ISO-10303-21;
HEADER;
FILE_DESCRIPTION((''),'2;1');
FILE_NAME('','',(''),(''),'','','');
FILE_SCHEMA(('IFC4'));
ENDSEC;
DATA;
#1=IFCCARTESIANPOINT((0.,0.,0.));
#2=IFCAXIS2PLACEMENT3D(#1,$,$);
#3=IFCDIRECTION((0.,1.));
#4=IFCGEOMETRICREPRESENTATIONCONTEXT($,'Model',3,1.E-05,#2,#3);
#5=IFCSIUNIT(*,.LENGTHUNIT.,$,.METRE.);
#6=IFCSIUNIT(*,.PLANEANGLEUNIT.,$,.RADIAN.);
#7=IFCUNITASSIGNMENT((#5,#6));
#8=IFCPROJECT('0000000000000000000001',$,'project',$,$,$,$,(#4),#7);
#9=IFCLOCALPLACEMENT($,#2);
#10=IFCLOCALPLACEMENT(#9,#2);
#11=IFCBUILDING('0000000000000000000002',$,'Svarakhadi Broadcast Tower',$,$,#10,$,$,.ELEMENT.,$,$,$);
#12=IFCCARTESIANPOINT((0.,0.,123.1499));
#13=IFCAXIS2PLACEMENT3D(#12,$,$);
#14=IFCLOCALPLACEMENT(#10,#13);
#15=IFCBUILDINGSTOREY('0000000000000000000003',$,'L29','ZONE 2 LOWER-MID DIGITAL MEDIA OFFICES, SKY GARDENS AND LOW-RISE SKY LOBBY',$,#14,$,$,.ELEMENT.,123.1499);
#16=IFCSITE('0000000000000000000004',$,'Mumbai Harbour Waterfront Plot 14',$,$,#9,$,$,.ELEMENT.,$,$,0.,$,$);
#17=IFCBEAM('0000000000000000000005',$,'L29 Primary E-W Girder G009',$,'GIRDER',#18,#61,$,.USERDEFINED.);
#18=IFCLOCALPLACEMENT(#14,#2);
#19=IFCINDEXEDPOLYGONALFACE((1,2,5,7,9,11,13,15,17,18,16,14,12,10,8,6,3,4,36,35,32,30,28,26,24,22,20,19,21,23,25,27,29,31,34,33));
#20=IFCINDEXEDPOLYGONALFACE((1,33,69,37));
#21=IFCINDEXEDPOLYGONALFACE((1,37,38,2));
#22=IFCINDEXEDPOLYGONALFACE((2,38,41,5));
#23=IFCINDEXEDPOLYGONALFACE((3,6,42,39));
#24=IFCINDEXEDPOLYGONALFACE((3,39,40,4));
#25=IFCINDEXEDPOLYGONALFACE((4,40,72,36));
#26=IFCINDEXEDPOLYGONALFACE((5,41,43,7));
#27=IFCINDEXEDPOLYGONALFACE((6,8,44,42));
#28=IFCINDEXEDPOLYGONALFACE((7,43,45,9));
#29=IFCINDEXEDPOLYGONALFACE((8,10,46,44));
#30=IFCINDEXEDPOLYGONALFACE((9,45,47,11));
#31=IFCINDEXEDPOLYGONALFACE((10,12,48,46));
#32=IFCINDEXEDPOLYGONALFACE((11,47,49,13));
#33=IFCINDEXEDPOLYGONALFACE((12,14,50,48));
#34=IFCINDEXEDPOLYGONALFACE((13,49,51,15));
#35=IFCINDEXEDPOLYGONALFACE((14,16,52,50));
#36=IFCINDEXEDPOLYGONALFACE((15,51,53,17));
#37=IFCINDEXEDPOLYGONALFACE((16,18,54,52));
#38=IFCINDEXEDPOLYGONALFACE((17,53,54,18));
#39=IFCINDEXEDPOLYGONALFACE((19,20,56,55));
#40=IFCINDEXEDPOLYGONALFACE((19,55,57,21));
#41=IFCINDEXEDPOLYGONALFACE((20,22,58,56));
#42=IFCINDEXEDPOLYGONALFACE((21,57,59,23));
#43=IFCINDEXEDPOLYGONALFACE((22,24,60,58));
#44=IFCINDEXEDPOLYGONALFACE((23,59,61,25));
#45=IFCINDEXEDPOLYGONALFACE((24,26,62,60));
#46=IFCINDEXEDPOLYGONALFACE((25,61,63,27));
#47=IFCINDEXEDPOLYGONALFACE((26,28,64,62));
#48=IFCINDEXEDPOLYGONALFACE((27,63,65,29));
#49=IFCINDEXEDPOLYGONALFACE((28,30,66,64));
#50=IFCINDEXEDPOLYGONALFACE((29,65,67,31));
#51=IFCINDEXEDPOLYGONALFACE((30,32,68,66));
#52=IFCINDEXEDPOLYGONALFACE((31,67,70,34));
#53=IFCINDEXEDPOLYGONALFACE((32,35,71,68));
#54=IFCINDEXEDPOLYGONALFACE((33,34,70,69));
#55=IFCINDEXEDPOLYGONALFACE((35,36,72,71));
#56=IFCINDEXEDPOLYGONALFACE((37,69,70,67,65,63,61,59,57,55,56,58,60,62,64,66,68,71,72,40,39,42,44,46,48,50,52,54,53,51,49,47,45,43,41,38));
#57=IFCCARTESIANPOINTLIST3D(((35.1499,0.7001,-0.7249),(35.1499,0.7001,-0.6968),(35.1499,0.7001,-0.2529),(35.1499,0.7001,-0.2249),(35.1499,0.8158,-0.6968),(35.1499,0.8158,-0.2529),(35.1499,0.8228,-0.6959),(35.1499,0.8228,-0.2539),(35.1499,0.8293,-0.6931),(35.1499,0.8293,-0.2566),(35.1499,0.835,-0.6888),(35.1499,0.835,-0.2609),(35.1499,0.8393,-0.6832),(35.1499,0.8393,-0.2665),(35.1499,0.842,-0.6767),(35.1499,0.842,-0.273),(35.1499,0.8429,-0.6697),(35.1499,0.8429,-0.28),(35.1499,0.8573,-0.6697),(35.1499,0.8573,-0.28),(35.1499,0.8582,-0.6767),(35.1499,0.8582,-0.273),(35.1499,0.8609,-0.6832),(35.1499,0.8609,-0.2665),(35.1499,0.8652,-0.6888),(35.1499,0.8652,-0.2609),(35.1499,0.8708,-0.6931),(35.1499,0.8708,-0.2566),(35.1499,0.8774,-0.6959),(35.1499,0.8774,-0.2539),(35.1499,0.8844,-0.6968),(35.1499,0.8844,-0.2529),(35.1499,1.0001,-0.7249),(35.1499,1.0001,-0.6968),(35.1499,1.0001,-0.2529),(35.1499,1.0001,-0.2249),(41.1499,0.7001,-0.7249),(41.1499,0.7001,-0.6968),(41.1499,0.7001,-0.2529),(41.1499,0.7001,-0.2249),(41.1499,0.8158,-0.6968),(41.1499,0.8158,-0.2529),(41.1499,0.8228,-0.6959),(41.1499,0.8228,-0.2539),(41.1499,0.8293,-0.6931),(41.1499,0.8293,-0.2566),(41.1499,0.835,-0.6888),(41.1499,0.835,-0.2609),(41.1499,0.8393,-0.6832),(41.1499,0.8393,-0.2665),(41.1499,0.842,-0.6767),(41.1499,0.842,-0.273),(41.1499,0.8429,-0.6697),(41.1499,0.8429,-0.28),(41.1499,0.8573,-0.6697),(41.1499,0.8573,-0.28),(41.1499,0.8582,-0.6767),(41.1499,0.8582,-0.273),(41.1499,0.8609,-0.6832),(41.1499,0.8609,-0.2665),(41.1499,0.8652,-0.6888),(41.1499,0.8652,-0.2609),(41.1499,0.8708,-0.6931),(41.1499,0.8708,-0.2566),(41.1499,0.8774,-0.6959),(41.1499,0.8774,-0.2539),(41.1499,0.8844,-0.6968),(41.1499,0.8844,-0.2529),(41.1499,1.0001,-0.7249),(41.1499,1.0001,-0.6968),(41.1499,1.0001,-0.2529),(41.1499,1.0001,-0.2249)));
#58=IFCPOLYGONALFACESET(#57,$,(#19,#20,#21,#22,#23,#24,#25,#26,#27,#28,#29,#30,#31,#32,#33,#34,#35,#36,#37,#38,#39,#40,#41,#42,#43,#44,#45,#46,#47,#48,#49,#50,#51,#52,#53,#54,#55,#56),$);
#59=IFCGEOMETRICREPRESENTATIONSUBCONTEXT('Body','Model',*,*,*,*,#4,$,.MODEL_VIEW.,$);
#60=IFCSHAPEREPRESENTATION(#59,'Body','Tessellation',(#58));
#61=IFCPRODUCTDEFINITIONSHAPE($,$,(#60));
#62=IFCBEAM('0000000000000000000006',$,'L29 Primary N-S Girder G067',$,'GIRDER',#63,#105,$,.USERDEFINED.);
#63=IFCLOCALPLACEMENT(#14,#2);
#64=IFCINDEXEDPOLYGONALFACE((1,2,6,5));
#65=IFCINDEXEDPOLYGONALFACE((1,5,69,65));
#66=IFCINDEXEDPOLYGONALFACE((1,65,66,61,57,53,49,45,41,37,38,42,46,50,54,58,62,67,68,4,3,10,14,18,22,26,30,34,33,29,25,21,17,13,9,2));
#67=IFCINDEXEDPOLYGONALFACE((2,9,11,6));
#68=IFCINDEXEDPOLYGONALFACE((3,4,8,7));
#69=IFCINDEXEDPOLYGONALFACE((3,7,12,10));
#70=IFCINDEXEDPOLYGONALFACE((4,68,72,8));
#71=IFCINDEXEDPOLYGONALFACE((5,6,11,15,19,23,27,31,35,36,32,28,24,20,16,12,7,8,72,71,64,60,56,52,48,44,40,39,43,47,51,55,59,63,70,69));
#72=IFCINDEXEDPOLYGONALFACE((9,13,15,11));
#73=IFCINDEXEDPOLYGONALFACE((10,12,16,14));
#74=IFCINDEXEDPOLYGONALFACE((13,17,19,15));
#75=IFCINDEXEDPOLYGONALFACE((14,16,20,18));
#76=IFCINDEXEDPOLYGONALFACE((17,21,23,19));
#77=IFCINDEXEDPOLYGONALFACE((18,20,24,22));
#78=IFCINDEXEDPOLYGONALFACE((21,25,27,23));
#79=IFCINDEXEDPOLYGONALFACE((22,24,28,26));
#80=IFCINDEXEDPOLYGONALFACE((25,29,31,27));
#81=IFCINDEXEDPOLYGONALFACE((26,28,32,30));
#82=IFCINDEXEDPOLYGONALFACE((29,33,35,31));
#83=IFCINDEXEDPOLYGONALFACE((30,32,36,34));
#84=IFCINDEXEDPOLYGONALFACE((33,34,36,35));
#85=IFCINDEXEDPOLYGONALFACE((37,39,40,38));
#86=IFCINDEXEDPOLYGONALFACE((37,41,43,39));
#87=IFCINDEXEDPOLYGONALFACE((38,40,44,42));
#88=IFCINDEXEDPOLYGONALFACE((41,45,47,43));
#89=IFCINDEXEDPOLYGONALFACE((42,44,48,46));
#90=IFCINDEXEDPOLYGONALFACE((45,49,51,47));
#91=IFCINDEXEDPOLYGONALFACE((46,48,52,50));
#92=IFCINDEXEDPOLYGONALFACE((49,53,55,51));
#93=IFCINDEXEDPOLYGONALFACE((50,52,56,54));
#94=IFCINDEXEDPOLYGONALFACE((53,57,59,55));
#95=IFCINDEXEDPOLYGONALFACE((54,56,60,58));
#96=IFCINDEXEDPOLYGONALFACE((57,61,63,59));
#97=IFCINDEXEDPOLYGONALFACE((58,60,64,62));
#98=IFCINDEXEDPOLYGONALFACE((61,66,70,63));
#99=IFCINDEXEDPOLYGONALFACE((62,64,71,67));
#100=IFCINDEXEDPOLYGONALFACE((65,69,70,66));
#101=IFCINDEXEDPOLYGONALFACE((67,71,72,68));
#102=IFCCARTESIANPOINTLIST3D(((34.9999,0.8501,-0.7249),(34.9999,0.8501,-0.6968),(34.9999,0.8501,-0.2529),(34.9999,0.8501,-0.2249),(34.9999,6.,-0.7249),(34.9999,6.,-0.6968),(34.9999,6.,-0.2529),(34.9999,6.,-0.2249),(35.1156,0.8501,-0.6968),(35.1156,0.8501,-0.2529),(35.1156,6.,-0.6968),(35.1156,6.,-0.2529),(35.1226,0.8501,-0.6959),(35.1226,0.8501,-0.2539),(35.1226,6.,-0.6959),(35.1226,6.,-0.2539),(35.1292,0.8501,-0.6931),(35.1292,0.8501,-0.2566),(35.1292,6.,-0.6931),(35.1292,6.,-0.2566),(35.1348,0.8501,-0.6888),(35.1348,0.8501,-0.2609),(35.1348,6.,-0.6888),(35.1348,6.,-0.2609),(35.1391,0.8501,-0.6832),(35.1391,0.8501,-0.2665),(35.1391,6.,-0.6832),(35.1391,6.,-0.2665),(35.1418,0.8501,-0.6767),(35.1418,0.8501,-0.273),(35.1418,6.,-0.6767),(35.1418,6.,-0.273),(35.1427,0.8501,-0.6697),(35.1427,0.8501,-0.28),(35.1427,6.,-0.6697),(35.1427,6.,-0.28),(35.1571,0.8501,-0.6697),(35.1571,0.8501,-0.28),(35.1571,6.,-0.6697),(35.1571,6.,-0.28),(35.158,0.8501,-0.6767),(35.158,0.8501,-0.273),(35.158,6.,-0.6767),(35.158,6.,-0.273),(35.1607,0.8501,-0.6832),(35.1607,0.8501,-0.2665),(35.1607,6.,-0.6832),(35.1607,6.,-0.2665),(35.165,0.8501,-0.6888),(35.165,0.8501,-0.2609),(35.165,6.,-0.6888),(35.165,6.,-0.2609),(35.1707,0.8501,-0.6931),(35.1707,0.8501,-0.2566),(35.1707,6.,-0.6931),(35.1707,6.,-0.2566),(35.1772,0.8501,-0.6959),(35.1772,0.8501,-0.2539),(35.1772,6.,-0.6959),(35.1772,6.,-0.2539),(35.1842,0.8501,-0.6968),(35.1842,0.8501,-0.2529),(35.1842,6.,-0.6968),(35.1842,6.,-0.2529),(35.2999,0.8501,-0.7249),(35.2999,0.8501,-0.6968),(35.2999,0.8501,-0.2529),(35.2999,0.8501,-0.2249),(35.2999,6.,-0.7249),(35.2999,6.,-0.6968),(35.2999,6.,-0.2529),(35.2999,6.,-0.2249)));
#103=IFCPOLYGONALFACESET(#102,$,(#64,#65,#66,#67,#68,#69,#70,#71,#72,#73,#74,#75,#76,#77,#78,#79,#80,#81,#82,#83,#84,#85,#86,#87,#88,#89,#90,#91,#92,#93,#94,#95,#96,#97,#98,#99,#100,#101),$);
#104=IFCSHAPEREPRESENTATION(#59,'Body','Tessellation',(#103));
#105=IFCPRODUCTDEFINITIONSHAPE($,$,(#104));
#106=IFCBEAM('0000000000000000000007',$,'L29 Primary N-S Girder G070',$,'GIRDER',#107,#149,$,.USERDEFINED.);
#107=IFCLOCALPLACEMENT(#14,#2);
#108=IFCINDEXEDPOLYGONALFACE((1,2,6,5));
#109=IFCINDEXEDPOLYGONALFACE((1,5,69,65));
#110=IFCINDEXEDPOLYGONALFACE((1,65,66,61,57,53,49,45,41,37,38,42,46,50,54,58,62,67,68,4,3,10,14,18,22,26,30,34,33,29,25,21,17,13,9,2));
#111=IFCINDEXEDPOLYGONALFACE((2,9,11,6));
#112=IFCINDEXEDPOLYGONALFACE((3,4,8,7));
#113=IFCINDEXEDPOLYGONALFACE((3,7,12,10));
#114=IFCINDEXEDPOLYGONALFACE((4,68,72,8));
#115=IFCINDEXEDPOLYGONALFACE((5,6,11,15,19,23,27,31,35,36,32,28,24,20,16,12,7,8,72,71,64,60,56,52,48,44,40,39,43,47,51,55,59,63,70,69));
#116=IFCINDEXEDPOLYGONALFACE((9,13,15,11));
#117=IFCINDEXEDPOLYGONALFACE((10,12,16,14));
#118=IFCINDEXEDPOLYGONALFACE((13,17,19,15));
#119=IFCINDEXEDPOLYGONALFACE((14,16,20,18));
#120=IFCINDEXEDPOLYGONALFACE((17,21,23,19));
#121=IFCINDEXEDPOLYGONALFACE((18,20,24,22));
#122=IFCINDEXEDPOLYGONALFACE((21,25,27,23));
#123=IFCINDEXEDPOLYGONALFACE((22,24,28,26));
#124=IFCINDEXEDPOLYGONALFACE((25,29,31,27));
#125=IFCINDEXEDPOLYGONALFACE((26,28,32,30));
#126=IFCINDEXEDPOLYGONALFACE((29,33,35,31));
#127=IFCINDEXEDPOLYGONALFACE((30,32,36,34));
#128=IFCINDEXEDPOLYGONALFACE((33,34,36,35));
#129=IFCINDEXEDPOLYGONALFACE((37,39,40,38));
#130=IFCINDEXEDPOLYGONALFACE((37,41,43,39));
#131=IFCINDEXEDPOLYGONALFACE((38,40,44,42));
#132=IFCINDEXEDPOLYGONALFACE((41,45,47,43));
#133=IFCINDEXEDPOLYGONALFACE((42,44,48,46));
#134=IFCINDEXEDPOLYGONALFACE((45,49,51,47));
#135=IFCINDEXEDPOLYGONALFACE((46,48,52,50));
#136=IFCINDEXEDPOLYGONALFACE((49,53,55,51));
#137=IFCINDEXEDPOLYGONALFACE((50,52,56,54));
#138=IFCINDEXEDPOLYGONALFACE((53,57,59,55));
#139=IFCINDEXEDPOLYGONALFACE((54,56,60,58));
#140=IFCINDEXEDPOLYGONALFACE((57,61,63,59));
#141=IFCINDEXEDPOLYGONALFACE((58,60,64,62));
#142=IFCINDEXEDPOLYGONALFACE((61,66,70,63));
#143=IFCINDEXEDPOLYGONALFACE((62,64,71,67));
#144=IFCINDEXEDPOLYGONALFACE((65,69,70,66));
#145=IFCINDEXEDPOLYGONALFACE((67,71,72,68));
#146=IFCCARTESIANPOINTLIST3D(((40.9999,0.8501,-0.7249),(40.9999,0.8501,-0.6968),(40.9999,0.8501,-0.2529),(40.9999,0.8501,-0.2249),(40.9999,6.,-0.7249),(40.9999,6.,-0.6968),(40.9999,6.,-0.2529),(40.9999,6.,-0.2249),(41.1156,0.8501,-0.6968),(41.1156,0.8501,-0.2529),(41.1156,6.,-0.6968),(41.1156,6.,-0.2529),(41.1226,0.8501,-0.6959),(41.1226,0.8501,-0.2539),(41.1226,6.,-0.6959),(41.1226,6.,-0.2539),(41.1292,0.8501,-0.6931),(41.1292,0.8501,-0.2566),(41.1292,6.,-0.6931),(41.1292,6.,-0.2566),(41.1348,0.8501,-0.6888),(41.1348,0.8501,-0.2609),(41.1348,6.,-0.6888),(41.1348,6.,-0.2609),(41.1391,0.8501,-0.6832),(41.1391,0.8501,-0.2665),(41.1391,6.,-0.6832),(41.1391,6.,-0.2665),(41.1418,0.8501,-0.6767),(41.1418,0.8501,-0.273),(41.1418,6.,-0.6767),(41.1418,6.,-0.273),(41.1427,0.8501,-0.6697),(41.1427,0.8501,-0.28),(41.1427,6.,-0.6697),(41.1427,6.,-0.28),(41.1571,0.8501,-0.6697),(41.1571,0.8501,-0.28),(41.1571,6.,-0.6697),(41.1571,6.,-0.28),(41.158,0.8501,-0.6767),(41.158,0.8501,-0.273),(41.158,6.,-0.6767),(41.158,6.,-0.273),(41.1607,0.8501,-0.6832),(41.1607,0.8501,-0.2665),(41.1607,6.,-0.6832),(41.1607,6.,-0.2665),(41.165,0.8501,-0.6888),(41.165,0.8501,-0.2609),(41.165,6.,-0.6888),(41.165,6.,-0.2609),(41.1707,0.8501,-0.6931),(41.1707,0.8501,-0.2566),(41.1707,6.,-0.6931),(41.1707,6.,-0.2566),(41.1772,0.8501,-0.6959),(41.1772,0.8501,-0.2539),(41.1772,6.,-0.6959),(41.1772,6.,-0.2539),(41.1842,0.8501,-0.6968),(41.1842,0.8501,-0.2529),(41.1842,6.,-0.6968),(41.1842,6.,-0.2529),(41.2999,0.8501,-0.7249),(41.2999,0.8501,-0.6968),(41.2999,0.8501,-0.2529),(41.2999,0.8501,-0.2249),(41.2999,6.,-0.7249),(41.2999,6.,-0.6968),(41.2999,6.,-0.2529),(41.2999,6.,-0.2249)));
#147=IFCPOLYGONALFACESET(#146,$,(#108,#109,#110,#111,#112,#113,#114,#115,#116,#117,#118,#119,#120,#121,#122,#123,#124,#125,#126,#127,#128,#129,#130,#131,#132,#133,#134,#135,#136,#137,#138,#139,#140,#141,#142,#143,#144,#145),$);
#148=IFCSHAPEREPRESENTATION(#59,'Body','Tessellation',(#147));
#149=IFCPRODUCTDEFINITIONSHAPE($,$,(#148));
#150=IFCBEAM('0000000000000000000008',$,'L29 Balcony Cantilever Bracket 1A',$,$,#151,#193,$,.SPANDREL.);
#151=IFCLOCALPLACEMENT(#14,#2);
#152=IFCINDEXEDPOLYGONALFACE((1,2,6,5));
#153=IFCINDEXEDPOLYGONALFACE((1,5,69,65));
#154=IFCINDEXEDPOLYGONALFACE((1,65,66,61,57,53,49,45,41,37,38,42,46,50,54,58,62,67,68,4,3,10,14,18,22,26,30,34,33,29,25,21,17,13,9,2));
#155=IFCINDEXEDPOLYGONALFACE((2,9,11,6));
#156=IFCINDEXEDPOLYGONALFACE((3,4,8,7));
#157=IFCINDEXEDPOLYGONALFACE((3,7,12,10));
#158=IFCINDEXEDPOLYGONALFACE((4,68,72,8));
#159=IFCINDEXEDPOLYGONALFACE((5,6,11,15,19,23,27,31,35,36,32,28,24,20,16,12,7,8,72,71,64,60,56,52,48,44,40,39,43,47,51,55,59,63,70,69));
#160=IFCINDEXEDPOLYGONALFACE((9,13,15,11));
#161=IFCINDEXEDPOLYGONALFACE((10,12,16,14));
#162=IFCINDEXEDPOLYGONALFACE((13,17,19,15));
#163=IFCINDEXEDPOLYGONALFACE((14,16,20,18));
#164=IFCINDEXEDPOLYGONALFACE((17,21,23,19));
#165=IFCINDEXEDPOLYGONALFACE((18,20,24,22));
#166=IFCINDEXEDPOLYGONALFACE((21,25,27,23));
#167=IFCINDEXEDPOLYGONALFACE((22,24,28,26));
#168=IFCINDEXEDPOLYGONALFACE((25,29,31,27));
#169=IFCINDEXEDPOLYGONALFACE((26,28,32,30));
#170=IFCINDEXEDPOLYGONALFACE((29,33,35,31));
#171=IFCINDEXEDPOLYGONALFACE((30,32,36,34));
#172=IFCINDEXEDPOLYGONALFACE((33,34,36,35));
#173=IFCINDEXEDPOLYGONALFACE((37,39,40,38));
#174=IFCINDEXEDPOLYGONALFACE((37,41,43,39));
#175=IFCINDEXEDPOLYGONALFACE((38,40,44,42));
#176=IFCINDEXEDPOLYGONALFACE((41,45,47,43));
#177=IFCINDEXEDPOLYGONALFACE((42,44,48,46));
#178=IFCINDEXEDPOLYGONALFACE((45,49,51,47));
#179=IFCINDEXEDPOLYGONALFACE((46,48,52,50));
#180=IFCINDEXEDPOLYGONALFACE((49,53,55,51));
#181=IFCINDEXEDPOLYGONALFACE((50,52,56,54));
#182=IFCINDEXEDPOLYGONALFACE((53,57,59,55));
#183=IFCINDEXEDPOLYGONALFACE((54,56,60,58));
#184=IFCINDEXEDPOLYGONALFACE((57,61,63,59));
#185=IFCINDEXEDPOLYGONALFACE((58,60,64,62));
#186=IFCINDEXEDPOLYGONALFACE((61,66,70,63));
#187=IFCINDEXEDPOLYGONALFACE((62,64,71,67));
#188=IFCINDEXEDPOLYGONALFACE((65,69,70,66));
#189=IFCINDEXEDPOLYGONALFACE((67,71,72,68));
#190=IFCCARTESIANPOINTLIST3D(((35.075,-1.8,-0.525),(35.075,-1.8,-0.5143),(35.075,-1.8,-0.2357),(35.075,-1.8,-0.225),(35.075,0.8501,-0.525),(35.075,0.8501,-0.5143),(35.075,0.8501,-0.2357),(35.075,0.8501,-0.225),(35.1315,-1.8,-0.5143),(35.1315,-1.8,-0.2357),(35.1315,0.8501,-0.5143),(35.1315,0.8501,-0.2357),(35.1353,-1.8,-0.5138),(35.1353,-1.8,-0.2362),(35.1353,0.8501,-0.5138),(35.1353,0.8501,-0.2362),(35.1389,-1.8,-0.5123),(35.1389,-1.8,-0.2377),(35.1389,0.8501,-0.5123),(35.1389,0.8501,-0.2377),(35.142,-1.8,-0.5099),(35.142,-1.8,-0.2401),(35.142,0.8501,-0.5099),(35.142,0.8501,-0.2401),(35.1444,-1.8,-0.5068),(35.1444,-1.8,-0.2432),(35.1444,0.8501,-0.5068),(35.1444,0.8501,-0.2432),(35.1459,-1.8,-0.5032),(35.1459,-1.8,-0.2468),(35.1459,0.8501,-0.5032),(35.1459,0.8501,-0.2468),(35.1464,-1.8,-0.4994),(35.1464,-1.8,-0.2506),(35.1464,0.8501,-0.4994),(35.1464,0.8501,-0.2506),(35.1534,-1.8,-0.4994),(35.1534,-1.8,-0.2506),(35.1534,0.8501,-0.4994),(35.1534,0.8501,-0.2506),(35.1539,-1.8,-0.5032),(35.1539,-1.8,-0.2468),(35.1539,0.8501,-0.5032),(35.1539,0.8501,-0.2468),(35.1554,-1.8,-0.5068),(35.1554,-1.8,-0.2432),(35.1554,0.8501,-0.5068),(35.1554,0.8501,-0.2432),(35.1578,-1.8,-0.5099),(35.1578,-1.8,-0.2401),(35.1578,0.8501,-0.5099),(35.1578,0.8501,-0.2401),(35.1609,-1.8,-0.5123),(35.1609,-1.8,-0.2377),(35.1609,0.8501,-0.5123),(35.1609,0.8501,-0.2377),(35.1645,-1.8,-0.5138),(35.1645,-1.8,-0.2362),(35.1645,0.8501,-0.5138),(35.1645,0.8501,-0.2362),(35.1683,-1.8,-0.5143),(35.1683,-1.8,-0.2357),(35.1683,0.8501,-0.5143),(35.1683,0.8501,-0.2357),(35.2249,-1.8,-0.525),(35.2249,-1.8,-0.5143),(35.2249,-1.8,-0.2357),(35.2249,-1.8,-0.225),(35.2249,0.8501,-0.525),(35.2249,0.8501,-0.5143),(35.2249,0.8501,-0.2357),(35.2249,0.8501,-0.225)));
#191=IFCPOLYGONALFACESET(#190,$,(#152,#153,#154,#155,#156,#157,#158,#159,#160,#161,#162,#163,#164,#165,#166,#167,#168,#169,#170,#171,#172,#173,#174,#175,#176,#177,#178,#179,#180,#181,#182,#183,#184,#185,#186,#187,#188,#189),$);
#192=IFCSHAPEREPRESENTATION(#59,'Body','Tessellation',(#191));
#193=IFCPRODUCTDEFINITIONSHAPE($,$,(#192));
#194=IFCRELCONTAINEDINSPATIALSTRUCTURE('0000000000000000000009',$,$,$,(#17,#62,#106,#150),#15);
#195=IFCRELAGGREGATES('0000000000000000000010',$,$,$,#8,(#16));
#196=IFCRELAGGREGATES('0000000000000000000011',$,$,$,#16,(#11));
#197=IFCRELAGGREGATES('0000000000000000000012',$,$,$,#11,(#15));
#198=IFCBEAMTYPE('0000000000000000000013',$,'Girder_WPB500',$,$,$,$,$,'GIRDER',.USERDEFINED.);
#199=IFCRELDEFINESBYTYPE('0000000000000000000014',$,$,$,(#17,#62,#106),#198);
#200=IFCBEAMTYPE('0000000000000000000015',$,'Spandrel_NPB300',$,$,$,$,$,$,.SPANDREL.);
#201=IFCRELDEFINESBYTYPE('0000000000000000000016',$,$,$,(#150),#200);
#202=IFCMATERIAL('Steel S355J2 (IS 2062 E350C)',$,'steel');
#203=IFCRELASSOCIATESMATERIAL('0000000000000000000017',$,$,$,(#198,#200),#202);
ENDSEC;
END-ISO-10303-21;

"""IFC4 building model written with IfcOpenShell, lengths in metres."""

from ifc_helpers import new_model, si_unit, direction, frame, origin, origin_2d, place, context, subcontext, project, spatial, i_section, extrude, material, material_profile, profile_set, type_object, element, save


model = new_model("IFC4")

# Units and contexts
model_context = context("Model", 3, precision=1e-05, world=origin(), true_north=direction((0.0, 1.0)))
body_context = subcontext(model_context, "Body", "Model", "MODEL_VIEW")
ifc_project = project(units=[si_unit("LENGTHUNIT", "METRE"), si_unit("PLANEANGLEUNIT", "RADIAN")], contexts=[model_context])

# Site, building, storey
site_placement = place(None, origin())
site = spatial("IfcSite", under=ifc_project, at=site_placement, Name="Mumbai Harbour Waterfront Plot 14", CompositionType="ELEMENT", RefElevation=0.0)
building_placement = place(site_placement, origin())
building = spatial("IfcBuilding", under=site, at=building_placement, Name="Svarakhadi Broadcast Tower", CompositionType="ELEMENT")
storey_placement = place(building_placement, frame((0.0, 0.0, 123.1499)))
storey = spatial("IfcBuildingStorey", under=building, at=storey_placement, Name="L29", Description="ZONE 2 LOWER-MID DIGITAL MEDIA OFFICES, SKY GARDENS AND LOW-RISE SKY LOBBY", CompositionType="ELEMENT", Elevation=123.1499)

# Shared definitions
ifc_material_1 = material(Name="Steel S355J2 (IS 2062 E350C)", Category="steel")

# Beams
ifc_material_profile_1 = material_profile(ifc_material_1, i_section(OverallWidth=0.3, OverallDepth=0.5, WebThickness=0.0144, FlangeThickness=0.0281, FilletRadius=0.0271, at=origin_2d()), Name="WPB 500x300x187")
ifc_profile_set_1 = profile_set([ifc_material_profile_1], Name="Steel S355J2 (IS 2062 E350C)")
beam_type_1 = type_object("IfcBeamType", Name="Girder_WPB500", ElementType="GIRDER", PredefinedType="USERDEFINED", material=ifc_profile_set_1)
beam_1_placement = place(storey_placement, frame((35.1499, 0.8501, -0.4749), z_axis=(1.0, 0.0, 0.0), x_axis=(0.0, 1.0, 0.0)))
element("IfcBeam", 1, at=beam_1_placement, inside=storey, type_object=beam_type_1, Name="L29 Primary E-W Girder G009", ObjectType="GIRDER", PredefinedType="USERDEFINED", context=body_context, shape_type="SweptSolid", body=[
    extrude(i_section(OverallWidth=0.3, OverallDepth=0.5, WebThickness=0.0144, FlangeThickness=0.0281, FilletRadius=0.0271, at=origin_2d()), origin(), (0.0, 0.0, 1.0), 6.0),
])
for number, where, z_axis, x_axis, name in (
    (2, (35.1499, 0.8501, -0.4749), (0.0, 1.0, 0.0), (-1.0, 0.0, 0.0), "L29 Primary N-S Girder G067"),
    (3, (41.1499, 0.8501, -0.4749), (0.0, 1.0, 0.0), (-1.0, 0.0, 0.0), "L29 Primary N-S Girder G070"),
):
    element("IfcBeam", number, at=place(storey_placement, frame(where, z_axis=z_axis, x_axis=x_axis)), inside=storey, type_object=beam_type_1, Name=name, ObjectType="GIRDER", PredefinedType="USERDEFINED", context=body_context, shape_type="SweptSolid", body=[
        extrude(i_section(OverallWidth=0.3, OverallDepth=0.5, WebThickness=0.0144, FlangeThickness=0.0281, FilletRadius=0.0271, at=origin_2d()), origin(), (0.0, 0.0, 1.0), 5.1499),
    ])
ifc_material_profile_2 = material_profile(ifc_material_1, i_section(OverallWidth=0.1499, OverallDepth=0.3, WebThickness=0.0071, FlangeThickness=0.0107, FilletRadius=0.0149, at=origin_2d()), Name="NPB 300x150x37")
ifc_profile_set_2 = profile_set([ifc_material_profile_2], Name="Steel S355J2 (IS 2062 E350C)")
beam_type_2 = type_object("IfcBeamType", Name="Spandrel_NPB300", PredefinedType="SPANDREL", material=ifc_profile_set_2)
for number, where, z_axis, x_axis, name in (
    (4, (35.1499, 0.8501, -0.375), (0.0, -1.0, 0.0), (1.0, 0.0, 0.0), "L29 Balcony Cantilever Bracket 1A"),
):
    element("IfcBeam", number, at=place(storey_placement, frame(where, z_axis=z_axis, x_axis=x_axis)), inside=storey, type_object=beam_type_2, Name=name, PredefinedType="SPANDREL", context=body_context, shape_type="SweptSolid", body=[
        extrude(i_section(OverallWidth=0.1499, OverallDepth=0.3, WebThickness=0.0071, FlangeThickness=0.0107, FilletRadius=0.0149, at=origin_2d()), origin(), (0.0, 0.0, 1.0), 2.6501),
    ])

save(model, "model.ifc")
